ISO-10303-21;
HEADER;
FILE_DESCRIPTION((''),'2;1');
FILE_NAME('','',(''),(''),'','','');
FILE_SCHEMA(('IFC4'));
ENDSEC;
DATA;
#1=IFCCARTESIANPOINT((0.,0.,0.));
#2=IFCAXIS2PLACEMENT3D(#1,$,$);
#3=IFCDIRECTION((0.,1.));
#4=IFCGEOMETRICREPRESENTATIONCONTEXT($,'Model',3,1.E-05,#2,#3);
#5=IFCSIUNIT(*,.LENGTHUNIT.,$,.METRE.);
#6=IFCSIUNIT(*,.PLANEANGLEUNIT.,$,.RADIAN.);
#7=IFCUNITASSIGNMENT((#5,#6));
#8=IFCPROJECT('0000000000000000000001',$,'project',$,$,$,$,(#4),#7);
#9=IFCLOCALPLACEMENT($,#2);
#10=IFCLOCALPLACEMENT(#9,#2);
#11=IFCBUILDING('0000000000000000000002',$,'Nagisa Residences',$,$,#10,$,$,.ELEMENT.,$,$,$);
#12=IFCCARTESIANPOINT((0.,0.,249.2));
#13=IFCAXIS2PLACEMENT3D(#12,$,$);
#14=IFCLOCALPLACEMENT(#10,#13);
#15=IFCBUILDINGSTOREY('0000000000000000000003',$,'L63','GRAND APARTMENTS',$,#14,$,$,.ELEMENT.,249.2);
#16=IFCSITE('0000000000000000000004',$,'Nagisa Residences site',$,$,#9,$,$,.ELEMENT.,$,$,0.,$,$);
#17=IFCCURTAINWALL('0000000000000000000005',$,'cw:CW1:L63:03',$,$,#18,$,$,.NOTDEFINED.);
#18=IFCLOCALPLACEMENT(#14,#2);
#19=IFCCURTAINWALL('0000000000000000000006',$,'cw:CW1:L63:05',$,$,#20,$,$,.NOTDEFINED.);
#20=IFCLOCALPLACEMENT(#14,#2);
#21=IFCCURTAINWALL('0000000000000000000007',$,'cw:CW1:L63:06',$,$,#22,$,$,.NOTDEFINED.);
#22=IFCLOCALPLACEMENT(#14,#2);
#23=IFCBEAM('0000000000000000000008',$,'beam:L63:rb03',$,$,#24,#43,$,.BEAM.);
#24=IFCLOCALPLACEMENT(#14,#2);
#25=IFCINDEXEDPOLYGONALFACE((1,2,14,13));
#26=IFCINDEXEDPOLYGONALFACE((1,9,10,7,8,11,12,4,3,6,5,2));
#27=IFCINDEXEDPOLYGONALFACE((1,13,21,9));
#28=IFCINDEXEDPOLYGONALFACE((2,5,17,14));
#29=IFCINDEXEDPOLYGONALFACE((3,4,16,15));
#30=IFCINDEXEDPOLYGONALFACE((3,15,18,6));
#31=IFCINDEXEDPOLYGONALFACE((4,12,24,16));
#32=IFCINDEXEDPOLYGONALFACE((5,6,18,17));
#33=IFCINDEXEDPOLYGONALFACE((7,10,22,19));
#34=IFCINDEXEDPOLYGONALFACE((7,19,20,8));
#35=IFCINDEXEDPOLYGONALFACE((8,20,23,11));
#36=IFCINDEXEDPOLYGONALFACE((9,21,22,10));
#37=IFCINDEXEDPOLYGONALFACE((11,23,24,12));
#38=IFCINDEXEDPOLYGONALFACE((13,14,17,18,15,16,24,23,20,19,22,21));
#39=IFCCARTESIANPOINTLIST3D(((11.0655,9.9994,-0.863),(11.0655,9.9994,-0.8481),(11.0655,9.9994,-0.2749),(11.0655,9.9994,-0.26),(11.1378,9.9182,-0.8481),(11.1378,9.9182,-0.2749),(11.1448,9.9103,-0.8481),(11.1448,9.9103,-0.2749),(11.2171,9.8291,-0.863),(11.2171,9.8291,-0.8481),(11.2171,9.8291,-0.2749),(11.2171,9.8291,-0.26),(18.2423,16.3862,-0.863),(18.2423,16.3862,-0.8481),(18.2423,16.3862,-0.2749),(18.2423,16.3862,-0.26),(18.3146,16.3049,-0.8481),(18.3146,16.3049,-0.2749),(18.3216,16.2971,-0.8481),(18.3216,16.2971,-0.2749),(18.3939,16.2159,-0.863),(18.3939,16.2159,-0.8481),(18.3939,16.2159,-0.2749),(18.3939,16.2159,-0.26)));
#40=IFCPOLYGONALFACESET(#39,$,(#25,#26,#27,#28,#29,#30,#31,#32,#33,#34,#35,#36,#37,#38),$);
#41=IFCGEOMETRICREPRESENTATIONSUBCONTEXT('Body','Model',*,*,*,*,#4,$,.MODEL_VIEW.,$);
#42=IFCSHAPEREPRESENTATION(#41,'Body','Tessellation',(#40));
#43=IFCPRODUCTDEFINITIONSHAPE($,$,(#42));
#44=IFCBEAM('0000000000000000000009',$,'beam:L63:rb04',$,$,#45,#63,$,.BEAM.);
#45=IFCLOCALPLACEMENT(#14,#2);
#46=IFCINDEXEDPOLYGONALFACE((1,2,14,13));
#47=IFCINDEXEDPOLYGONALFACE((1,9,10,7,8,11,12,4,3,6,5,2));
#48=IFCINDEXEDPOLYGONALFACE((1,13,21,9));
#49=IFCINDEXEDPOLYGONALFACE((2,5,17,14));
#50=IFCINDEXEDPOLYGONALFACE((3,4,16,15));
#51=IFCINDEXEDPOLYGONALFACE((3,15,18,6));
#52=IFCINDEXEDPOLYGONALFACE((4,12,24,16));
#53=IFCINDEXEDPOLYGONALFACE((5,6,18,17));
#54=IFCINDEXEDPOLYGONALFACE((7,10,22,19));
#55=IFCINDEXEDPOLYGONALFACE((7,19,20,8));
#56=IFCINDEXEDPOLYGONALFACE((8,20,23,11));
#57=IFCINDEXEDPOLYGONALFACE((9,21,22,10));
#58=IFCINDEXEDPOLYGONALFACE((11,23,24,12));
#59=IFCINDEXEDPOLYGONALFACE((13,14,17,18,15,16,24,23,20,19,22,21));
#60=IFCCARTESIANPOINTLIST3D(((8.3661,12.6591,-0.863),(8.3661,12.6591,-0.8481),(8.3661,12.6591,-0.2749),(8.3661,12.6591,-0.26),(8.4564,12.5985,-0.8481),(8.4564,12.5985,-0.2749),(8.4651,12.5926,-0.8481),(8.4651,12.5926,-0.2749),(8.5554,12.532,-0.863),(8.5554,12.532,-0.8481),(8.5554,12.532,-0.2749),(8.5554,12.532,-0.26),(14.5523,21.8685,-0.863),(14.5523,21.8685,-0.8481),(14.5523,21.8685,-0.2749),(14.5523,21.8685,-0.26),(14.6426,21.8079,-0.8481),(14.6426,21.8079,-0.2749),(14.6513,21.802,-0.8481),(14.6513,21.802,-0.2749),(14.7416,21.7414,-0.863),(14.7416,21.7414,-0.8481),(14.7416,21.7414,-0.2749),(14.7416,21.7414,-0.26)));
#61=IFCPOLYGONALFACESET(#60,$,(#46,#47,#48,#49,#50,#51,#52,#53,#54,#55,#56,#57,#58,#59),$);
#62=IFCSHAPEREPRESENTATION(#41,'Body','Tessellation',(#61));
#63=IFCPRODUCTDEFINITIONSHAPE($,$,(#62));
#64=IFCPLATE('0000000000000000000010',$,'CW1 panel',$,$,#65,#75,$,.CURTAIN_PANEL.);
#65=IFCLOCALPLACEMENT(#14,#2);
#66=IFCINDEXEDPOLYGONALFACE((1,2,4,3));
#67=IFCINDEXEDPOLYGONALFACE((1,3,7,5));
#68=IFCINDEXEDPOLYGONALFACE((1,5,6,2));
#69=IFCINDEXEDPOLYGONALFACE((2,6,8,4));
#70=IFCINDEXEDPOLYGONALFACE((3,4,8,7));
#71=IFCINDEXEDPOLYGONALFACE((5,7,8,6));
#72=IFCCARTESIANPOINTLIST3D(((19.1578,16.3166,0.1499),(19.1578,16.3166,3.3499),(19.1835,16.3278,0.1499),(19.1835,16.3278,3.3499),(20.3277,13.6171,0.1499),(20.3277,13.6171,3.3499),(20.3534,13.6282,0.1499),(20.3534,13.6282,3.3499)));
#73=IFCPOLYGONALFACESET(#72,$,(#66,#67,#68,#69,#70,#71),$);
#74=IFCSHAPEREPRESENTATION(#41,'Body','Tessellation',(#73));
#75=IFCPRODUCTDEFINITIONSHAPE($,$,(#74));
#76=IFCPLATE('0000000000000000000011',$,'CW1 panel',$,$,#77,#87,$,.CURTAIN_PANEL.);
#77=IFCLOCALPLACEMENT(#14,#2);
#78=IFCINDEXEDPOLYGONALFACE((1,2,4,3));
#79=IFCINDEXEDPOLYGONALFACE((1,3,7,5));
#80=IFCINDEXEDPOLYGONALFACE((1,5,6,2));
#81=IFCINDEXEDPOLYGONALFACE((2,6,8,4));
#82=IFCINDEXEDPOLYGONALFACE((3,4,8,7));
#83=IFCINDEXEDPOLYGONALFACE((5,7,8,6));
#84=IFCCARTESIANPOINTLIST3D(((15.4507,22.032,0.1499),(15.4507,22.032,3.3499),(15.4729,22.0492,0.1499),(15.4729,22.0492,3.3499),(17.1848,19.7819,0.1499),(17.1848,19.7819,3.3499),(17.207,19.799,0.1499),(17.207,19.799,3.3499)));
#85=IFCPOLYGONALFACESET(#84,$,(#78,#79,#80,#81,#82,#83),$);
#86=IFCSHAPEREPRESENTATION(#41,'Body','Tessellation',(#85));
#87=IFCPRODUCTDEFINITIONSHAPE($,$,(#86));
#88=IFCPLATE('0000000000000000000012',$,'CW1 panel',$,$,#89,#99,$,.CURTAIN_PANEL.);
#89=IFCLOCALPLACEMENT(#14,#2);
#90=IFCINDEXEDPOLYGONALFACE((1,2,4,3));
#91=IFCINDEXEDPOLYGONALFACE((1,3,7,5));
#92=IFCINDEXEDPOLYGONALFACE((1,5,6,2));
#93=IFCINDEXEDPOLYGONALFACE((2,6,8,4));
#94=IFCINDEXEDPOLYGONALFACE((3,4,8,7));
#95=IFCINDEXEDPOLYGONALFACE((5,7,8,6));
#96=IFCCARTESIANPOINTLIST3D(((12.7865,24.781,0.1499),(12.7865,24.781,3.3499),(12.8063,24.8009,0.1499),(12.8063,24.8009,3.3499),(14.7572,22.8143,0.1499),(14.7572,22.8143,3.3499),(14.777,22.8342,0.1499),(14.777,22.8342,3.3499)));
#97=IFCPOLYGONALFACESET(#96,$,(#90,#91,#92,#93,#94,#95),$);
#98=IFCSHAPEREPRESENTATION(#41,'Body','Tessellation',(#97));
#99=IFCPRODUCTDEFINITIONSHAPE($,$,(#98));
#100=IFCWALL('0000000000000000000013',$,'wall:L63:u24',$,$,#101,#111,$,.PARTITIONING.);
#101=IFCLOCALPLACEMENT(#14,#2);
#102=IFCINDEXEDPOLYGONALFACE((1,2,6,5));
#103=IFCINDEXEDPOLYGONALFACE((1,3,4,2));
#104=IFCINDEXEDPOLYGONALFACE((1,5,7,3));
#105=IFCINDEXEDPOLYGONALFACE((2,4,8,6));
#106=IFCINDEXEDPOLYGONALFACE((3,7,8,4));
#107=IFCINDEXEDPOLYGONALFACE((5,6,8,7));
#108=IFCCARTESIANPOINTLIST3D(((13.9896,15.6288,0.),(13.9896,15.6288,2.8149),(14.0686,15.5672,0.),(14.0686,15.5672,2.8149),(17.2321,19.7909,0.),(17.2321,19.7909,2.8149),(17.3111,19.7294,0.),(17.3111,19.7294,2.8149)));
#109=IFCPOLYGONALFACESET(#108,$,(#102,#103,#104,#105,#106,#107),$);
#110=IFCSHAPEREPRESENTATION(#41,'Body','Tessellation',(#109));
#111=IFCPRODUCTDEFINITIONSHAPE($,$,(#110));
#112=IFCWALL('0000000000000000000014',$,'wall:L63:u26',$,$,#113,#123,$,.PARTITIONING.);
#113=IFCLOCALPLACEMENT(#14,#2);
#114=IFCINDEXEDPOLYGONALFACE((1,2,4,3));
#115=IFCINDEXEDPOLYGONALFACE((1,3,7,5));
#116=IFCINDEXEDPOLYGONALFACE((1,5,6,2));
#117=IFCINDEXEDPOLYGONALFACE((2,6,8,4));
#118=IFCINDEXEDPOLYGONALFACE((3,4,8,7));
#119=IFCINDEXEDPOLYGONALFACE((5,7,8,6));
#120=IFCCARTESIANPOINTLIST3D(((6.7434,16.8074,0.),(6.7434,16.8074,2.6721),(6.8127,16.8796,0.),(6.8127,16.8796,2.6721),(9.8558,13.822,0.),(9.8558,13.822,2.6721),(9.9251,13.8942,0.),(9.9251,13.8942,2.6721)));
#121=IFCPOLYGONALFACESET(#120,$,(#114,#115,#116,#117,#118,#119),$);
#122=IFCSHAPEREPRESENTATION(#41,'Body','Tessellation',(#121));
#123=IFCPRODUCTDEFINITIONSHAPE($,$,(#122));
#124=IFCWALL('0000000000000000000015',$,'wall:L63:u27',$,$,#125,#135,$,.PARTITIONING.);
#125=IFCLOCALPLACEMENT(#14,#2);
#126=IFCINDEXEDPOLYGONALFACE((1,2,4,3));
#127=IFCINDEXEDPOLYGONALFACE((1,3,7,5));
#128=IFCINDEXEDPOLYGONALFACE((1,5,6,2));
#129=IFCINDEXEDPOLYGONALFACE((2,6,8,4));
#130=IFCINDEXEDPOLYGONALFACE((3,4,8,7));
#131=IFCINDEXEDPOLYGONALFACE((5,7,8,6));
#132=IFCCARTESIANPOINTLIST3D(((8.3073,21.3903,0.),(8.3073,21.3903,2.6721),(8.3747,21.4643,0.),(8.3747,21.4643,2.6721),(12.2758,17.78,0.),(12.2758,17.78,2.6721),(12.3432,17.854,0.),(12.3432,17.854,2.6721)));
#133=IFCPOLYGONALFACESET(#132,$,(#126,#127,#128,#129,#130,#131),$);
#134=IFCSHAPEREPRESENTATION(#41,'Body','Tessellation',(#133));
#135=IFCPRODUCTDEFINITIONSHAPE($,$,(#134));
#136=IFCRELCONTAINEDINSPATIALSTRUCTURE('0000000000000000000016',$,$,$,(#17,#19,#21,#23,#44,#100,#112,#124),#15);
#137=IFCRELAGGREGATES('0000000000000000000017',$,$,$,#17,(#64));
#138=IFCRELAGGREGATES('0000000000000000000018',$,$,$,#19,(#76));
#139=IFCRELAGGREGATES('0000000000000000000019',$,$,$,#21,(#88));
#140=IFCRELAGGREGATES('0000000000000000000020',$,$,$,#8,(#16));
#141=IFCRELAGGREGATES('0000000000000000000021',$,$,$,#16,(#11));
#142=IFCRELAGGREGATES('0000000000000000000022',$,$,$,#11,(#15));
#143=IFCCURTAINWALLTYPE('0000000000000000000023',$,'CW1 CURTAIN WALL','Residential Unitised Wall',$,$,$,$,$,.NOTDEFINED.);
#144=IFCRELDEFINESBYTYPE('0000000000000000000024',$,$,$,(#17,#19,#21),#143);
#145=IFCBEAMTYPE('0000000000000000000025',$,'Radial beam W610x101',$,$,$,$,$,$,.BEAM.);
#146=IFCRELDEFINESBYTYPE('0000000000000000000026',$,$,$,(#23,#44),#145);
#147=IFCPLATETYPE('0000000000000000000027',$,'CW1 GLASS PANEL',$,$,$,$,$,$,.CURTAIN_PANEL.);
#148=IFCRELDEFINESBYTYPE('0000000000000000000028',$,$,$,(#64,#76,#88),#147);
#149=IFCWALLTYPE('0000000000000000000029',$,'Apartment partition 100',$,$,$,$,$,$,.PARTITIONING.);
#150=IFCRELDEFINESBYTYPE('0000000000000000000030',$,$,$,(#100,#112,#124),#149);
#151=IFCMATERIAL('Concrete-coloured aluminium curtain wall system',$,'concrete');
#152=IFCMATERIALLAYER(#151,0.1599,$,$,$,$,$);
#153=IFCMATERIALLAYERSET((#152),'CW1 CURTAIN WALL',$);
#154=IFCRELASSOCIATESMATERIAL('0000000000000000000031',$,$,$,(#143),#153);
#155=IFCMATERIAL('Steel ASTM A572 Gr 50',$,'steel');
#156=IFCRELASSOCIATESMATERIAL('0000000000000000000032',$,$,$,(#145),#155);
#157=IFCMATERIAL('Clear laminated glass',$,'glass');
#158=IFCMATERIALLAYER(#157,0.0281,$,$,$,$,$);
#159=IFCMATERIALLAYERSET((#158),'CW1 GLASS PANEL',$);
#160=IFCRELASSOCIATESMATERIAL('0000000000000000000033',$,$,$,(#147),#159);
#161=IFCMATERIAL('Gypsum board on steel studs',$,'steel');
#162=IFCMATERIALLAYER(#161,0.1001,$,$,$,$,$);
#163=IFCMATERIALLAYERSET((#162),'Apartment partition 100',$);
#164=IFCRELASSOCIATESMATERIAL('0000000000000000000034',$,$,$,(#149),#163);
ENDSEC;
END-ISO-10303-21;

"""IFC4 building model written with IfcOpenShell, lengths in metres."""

from ifc_helpers import new_model, si_unit, direction, frame, frame_2d, origin, origin_2d, place, context, subcontext, project, spatial, rectangle, i_section, extrude, material, layer, layer_set, material_profile, profile_set, type_object, element, aggregate, save


model = new_model("IFC4")

# Units and contexts
model_context = context("Model", 3, precision=1e-05, world=origin(), true_north=direction((0.0, 1.0)))
body_context = subcontext(model_context, "Body", "Model", "MODEL_VIEW")
ifc_project = project(units=[si_unit("LENGTHUNIT", "METRE"), si_unit("PLANEANGLEUNIT", "RADIAN")], contexts=[model_context])

# Site, building, storey
site_placement = place(None, origin())
site = spatial("IfcSite", under=ifc_project, at=site_placement, Name="Nagisa Residences site", CompositionType="ELEMENT", RefElevation=0.0)
building_placement = place(site_placement, origin())
building = spatial("IfcBuilding", under=site, at=building_placement, Name="Nagisa Residences", CompositionType="ELEMENT")
storey_placement = place(building_placement, frame((0.0, 0.0, 249.2)))
storey = spatial("IfcBuildingStorey", under=building, at=storey_placement, Name="L63", Description="GRAND APARTMENTS", CompositionType="ELEMENT", Elevation=249.2)

# Curtain walls
ifc_material_1 = material(Name="Concrete-coloured aluminium curtain wall system", Category="concrete")
ifc_layer_1 = layer(ifc_material_1, 0.1599)
ifc_layer_set_1 = layer_set([ifc_layer_1], Name="CW1 CURTAIN WALL")
curtain_wall_type = type_object("IfcCurtainWallType", Name="CW1 CURTAIN WALL", Description="Residential Unitised Wall", PredefinedType="NOTDEFINED", material=ifc_layer_set_1)
curtain_wall_1_placement = place(storey_placement, origin())
curtain_wall_1 = element("IfcCurtainWall", 1, at=curtain_wall_1_placement, inside=storey, type_object=curtain_wall_type, Name="cw:CW1:L63:03", PredefinedType="NOTDEFINED")
curtain_wall_2_placement = place(storey_placement, origin())
curtain_wall_2 = element("IfcCurtainWall", 2, at=curtain_wall_2_placement, inside=storey, type_object=curtain_wall_type, Name="cw:CW1:L63:05", PredefinedType="NOTDEFINED")
curtain_wall_3_placement = place(storey_placement, origin())
curtain_wall_3 = element("IfcCurtainWall", 3, at=curtain_wall_3_placement, inside=storey, type_object=curtain_wall_type, Name="cw:CW1:L63:06", PredefinedType="NOTDEFINED")

# Beams
ifc_material_2 = material(Name="Steel ASTM A572 Gr 50", Category="steel")
ifc_material_profile_1 = material_profile(ifc_material_2, i_section(OverallWidth=0.228, OverallDepth=0.603, WebThickness=0.0105, FlangeThickness=0.0149, at=origin_2d()), Name="W610x101")
ifc_profile_set_1 = profile_set([ifc_material_profile_1], Name="Steel ASTM A572 Gr 50")
beam_type_1 = type_object("IfcBeamType", Name="Radial beam W610x101", PredefinedType="BEAM", material=ifc_profile_set_1)
beam_1_placement = place(storey_placement, frame((18.3181, 16.301, -0.5615), z_axis=(-0.747028, -0.664793, 0.0), x_axis=(0.664793, -0.747028, 0.0)))
element("IfcBeam", 4, at=beam_1_placement, inside=storey, type_object=beam_type_1, Name="beam:L63:rb03", PredefinedType="BEAM", context=body_context, shape_type="SweptSolid", body=[
    extrude(i_section(OverallWidth=0.228, OverallDepth=0.603, WebThickness=0.0105, FlangeThickness=0.0149, at=origin_2d()), origin(), (0.0, 0.0, 1.0), 9.6072),
])
beam_2_placement = place(storey_placement, frame((14.647, 21.8049, -0.5615), z_axis=(-0.557607, -0.830105, 0.0), x_axis=(0.830105, -0.557607, 0.0)))
element("IfcBeam", 5, at=beam_2_placement, inside=storey, type_object=beam_type_1, Name="beam:L63:rb04", PredefinedType="BEAM", context=body_context, shape_type="SweptSolid", body=[
    extrude(i_section(OverallWidth=0.228, OverallDepth=0.603, WebThickness=0.0105, FlangeThickness=0.0149, at=origin_2d()), origin(), (0.0, 0.0, 1.0), 11.0942),
])

# Plates
ifc_material_3 = material(Name="Clear laminated glass", Category="glass")
ifc_layer_2 = layer(ifc_material_3, 0.0281)
ifc_layer_set_2 = layer_set([ifc_layer_2], Name="CW1 GLASS PANEL")
plate_type = type_object("IfcPlateType", Name="CW1 GLASS PANEL", PredefinedType="CURTAIN_PANEL", material=ifc_layer_set_2)
plate_1_placement = place(storey_placement, frame((19.7556, 14.9724, 0.1499), z_axis=(0.0, 0.0, 1.0), x_axis=(-0.397636, 0.917543, 0.0)))
plate_1 = element("IfcPlate", 6, at=plate_1_placement, type_object=plate_type, Name="CW1 panel", PredefinedType="CURTAIN_PANEL", context=body_context, shape_type="SweptSolid", body=[
    extrude(rectangle(XDim=2.9421, YDim=0.0281, at=origin_2d()), origin(), (0.0, 0.0, 1.0), 3.2),
])
aggregate(curtain_wall_1, [plate_1])
plate_2_placement = place(storey_placement, frame((16.3289, 20.9155, 0.1499), z_axis=(0.0, 0.0, 1.0), x_axis=(-0.61043, 0.79207, 0.0)))
plate_2 = element("IfcPlate", 7, at=plate_2_placement, type_object=plate_type, Name="CW1 panel", PredefinedType="CURTAIN_PANEL", context=body_context, shape_type="SweptSolid", body=[
    extrude(rectangle(XDim=2.8408, YDim=0.0281, at=origin_2d()), origin(), (0.0, 0.0, 1.0), 3.2),
])
aggregate(curtain_wall_2, [plate_2])
plate_3_placement = place(storey_placement, frame((13.7817, 23.8076, 0.1499), z_axis=(0.0, 0.0, 1.0), x_axis=(-0.707836, 0.706377, 0.0)))
plate_3 = element("IfcPlate", 8, at=plate_3_placement, type_object=plate_type, Name="CW1 panel", PredefinedType="CURTAIN_PANEL", context=body_context, shape_type="SweptSolid", body=[
    extrude(rectangle(XDim=2.7842, YDim=0.0281, at=origin_2d()), origin(), (0.0, 0.0, 1.0), 3.2),
])
aggregate(curtain_wall_3, [plate_3])

# Walls
ifc_material_4 = material(Name="Gypsum board on steel studs", Category="steel")
ifc_layer_3 = layer(ifc_material_4, 0.1001)
ifc_layer_set_3 = layer_set([ifc_layer_3], Name="Apartment partition 100")
wall_type_1 = type_object("IfcWallType", Name="Apartment partition 100", PredefinedType="PARTITIONING", material=ifc_layer_set_3)
wall_1_placement = place(storey_placement, frame((14.0291, 15.5979, 0.0), z_axis=(0.0, 0.0, 1.0), x_axis=(0.614559, 0.788871, 0.0)))
element("IfcWall", 9, at=wall_1_placement, inside=storey, type_object=wall_type_1, Name="wall:L63:u24", PredefinedType="PARTITIONING", context=body_context, shape_type="SweptSolid", body=[
    extrude(rectangle(XDim=5.2761, YDim=0.1001, at=frame_2d((2.6382, 0.0))), origin(), (0.0, 0.0, 1.0), 2.8149),
])
wall_2_placement = place(storey_placement, frame((9.8904, 13.8582, 0.0), z_axis=(0.0, 0.0, 1.0), x_axis=(-0.721672, 0.692235, 0.0)))
element("IfcWall", 10, at=wall_2_placement, inside=storey, type_object=wall_type_1, Name="wall:L63:u26", PredefinedType="PARTITIONING", context=body_context, shape_type="SweptSolid", body=[
    extrude(rectangle(XDim=4.3127, YDim=0.1001, at=frame_2d((2.1562, 0.0))), origin(), (0.0, 0.0, 1.0), 2.6721),
])
wall_3_placement = place(storey_placement, frame((12.3096, 17.8169, 0.0), z_axis=(0.0, 0.0, 1.0), x_axis=(-0.739697, 0.67294, 0.0)))
element("IfcWall", 11, at=wall_3_placement, inside=storey, type_object=wall_type_1, Name="wall:L63:u27", PredefinedType="PARTITIONING", context=body_context, shape_type="SweptSolid", body=[
    extrude(rectangle(XDim=5.365, YDim=0.1001, at=frame_2d((2.6826, 0.0))), origin(), (0.0, 0.0, 1.0), 2.6721),
])

save(model, "model.ifc")
